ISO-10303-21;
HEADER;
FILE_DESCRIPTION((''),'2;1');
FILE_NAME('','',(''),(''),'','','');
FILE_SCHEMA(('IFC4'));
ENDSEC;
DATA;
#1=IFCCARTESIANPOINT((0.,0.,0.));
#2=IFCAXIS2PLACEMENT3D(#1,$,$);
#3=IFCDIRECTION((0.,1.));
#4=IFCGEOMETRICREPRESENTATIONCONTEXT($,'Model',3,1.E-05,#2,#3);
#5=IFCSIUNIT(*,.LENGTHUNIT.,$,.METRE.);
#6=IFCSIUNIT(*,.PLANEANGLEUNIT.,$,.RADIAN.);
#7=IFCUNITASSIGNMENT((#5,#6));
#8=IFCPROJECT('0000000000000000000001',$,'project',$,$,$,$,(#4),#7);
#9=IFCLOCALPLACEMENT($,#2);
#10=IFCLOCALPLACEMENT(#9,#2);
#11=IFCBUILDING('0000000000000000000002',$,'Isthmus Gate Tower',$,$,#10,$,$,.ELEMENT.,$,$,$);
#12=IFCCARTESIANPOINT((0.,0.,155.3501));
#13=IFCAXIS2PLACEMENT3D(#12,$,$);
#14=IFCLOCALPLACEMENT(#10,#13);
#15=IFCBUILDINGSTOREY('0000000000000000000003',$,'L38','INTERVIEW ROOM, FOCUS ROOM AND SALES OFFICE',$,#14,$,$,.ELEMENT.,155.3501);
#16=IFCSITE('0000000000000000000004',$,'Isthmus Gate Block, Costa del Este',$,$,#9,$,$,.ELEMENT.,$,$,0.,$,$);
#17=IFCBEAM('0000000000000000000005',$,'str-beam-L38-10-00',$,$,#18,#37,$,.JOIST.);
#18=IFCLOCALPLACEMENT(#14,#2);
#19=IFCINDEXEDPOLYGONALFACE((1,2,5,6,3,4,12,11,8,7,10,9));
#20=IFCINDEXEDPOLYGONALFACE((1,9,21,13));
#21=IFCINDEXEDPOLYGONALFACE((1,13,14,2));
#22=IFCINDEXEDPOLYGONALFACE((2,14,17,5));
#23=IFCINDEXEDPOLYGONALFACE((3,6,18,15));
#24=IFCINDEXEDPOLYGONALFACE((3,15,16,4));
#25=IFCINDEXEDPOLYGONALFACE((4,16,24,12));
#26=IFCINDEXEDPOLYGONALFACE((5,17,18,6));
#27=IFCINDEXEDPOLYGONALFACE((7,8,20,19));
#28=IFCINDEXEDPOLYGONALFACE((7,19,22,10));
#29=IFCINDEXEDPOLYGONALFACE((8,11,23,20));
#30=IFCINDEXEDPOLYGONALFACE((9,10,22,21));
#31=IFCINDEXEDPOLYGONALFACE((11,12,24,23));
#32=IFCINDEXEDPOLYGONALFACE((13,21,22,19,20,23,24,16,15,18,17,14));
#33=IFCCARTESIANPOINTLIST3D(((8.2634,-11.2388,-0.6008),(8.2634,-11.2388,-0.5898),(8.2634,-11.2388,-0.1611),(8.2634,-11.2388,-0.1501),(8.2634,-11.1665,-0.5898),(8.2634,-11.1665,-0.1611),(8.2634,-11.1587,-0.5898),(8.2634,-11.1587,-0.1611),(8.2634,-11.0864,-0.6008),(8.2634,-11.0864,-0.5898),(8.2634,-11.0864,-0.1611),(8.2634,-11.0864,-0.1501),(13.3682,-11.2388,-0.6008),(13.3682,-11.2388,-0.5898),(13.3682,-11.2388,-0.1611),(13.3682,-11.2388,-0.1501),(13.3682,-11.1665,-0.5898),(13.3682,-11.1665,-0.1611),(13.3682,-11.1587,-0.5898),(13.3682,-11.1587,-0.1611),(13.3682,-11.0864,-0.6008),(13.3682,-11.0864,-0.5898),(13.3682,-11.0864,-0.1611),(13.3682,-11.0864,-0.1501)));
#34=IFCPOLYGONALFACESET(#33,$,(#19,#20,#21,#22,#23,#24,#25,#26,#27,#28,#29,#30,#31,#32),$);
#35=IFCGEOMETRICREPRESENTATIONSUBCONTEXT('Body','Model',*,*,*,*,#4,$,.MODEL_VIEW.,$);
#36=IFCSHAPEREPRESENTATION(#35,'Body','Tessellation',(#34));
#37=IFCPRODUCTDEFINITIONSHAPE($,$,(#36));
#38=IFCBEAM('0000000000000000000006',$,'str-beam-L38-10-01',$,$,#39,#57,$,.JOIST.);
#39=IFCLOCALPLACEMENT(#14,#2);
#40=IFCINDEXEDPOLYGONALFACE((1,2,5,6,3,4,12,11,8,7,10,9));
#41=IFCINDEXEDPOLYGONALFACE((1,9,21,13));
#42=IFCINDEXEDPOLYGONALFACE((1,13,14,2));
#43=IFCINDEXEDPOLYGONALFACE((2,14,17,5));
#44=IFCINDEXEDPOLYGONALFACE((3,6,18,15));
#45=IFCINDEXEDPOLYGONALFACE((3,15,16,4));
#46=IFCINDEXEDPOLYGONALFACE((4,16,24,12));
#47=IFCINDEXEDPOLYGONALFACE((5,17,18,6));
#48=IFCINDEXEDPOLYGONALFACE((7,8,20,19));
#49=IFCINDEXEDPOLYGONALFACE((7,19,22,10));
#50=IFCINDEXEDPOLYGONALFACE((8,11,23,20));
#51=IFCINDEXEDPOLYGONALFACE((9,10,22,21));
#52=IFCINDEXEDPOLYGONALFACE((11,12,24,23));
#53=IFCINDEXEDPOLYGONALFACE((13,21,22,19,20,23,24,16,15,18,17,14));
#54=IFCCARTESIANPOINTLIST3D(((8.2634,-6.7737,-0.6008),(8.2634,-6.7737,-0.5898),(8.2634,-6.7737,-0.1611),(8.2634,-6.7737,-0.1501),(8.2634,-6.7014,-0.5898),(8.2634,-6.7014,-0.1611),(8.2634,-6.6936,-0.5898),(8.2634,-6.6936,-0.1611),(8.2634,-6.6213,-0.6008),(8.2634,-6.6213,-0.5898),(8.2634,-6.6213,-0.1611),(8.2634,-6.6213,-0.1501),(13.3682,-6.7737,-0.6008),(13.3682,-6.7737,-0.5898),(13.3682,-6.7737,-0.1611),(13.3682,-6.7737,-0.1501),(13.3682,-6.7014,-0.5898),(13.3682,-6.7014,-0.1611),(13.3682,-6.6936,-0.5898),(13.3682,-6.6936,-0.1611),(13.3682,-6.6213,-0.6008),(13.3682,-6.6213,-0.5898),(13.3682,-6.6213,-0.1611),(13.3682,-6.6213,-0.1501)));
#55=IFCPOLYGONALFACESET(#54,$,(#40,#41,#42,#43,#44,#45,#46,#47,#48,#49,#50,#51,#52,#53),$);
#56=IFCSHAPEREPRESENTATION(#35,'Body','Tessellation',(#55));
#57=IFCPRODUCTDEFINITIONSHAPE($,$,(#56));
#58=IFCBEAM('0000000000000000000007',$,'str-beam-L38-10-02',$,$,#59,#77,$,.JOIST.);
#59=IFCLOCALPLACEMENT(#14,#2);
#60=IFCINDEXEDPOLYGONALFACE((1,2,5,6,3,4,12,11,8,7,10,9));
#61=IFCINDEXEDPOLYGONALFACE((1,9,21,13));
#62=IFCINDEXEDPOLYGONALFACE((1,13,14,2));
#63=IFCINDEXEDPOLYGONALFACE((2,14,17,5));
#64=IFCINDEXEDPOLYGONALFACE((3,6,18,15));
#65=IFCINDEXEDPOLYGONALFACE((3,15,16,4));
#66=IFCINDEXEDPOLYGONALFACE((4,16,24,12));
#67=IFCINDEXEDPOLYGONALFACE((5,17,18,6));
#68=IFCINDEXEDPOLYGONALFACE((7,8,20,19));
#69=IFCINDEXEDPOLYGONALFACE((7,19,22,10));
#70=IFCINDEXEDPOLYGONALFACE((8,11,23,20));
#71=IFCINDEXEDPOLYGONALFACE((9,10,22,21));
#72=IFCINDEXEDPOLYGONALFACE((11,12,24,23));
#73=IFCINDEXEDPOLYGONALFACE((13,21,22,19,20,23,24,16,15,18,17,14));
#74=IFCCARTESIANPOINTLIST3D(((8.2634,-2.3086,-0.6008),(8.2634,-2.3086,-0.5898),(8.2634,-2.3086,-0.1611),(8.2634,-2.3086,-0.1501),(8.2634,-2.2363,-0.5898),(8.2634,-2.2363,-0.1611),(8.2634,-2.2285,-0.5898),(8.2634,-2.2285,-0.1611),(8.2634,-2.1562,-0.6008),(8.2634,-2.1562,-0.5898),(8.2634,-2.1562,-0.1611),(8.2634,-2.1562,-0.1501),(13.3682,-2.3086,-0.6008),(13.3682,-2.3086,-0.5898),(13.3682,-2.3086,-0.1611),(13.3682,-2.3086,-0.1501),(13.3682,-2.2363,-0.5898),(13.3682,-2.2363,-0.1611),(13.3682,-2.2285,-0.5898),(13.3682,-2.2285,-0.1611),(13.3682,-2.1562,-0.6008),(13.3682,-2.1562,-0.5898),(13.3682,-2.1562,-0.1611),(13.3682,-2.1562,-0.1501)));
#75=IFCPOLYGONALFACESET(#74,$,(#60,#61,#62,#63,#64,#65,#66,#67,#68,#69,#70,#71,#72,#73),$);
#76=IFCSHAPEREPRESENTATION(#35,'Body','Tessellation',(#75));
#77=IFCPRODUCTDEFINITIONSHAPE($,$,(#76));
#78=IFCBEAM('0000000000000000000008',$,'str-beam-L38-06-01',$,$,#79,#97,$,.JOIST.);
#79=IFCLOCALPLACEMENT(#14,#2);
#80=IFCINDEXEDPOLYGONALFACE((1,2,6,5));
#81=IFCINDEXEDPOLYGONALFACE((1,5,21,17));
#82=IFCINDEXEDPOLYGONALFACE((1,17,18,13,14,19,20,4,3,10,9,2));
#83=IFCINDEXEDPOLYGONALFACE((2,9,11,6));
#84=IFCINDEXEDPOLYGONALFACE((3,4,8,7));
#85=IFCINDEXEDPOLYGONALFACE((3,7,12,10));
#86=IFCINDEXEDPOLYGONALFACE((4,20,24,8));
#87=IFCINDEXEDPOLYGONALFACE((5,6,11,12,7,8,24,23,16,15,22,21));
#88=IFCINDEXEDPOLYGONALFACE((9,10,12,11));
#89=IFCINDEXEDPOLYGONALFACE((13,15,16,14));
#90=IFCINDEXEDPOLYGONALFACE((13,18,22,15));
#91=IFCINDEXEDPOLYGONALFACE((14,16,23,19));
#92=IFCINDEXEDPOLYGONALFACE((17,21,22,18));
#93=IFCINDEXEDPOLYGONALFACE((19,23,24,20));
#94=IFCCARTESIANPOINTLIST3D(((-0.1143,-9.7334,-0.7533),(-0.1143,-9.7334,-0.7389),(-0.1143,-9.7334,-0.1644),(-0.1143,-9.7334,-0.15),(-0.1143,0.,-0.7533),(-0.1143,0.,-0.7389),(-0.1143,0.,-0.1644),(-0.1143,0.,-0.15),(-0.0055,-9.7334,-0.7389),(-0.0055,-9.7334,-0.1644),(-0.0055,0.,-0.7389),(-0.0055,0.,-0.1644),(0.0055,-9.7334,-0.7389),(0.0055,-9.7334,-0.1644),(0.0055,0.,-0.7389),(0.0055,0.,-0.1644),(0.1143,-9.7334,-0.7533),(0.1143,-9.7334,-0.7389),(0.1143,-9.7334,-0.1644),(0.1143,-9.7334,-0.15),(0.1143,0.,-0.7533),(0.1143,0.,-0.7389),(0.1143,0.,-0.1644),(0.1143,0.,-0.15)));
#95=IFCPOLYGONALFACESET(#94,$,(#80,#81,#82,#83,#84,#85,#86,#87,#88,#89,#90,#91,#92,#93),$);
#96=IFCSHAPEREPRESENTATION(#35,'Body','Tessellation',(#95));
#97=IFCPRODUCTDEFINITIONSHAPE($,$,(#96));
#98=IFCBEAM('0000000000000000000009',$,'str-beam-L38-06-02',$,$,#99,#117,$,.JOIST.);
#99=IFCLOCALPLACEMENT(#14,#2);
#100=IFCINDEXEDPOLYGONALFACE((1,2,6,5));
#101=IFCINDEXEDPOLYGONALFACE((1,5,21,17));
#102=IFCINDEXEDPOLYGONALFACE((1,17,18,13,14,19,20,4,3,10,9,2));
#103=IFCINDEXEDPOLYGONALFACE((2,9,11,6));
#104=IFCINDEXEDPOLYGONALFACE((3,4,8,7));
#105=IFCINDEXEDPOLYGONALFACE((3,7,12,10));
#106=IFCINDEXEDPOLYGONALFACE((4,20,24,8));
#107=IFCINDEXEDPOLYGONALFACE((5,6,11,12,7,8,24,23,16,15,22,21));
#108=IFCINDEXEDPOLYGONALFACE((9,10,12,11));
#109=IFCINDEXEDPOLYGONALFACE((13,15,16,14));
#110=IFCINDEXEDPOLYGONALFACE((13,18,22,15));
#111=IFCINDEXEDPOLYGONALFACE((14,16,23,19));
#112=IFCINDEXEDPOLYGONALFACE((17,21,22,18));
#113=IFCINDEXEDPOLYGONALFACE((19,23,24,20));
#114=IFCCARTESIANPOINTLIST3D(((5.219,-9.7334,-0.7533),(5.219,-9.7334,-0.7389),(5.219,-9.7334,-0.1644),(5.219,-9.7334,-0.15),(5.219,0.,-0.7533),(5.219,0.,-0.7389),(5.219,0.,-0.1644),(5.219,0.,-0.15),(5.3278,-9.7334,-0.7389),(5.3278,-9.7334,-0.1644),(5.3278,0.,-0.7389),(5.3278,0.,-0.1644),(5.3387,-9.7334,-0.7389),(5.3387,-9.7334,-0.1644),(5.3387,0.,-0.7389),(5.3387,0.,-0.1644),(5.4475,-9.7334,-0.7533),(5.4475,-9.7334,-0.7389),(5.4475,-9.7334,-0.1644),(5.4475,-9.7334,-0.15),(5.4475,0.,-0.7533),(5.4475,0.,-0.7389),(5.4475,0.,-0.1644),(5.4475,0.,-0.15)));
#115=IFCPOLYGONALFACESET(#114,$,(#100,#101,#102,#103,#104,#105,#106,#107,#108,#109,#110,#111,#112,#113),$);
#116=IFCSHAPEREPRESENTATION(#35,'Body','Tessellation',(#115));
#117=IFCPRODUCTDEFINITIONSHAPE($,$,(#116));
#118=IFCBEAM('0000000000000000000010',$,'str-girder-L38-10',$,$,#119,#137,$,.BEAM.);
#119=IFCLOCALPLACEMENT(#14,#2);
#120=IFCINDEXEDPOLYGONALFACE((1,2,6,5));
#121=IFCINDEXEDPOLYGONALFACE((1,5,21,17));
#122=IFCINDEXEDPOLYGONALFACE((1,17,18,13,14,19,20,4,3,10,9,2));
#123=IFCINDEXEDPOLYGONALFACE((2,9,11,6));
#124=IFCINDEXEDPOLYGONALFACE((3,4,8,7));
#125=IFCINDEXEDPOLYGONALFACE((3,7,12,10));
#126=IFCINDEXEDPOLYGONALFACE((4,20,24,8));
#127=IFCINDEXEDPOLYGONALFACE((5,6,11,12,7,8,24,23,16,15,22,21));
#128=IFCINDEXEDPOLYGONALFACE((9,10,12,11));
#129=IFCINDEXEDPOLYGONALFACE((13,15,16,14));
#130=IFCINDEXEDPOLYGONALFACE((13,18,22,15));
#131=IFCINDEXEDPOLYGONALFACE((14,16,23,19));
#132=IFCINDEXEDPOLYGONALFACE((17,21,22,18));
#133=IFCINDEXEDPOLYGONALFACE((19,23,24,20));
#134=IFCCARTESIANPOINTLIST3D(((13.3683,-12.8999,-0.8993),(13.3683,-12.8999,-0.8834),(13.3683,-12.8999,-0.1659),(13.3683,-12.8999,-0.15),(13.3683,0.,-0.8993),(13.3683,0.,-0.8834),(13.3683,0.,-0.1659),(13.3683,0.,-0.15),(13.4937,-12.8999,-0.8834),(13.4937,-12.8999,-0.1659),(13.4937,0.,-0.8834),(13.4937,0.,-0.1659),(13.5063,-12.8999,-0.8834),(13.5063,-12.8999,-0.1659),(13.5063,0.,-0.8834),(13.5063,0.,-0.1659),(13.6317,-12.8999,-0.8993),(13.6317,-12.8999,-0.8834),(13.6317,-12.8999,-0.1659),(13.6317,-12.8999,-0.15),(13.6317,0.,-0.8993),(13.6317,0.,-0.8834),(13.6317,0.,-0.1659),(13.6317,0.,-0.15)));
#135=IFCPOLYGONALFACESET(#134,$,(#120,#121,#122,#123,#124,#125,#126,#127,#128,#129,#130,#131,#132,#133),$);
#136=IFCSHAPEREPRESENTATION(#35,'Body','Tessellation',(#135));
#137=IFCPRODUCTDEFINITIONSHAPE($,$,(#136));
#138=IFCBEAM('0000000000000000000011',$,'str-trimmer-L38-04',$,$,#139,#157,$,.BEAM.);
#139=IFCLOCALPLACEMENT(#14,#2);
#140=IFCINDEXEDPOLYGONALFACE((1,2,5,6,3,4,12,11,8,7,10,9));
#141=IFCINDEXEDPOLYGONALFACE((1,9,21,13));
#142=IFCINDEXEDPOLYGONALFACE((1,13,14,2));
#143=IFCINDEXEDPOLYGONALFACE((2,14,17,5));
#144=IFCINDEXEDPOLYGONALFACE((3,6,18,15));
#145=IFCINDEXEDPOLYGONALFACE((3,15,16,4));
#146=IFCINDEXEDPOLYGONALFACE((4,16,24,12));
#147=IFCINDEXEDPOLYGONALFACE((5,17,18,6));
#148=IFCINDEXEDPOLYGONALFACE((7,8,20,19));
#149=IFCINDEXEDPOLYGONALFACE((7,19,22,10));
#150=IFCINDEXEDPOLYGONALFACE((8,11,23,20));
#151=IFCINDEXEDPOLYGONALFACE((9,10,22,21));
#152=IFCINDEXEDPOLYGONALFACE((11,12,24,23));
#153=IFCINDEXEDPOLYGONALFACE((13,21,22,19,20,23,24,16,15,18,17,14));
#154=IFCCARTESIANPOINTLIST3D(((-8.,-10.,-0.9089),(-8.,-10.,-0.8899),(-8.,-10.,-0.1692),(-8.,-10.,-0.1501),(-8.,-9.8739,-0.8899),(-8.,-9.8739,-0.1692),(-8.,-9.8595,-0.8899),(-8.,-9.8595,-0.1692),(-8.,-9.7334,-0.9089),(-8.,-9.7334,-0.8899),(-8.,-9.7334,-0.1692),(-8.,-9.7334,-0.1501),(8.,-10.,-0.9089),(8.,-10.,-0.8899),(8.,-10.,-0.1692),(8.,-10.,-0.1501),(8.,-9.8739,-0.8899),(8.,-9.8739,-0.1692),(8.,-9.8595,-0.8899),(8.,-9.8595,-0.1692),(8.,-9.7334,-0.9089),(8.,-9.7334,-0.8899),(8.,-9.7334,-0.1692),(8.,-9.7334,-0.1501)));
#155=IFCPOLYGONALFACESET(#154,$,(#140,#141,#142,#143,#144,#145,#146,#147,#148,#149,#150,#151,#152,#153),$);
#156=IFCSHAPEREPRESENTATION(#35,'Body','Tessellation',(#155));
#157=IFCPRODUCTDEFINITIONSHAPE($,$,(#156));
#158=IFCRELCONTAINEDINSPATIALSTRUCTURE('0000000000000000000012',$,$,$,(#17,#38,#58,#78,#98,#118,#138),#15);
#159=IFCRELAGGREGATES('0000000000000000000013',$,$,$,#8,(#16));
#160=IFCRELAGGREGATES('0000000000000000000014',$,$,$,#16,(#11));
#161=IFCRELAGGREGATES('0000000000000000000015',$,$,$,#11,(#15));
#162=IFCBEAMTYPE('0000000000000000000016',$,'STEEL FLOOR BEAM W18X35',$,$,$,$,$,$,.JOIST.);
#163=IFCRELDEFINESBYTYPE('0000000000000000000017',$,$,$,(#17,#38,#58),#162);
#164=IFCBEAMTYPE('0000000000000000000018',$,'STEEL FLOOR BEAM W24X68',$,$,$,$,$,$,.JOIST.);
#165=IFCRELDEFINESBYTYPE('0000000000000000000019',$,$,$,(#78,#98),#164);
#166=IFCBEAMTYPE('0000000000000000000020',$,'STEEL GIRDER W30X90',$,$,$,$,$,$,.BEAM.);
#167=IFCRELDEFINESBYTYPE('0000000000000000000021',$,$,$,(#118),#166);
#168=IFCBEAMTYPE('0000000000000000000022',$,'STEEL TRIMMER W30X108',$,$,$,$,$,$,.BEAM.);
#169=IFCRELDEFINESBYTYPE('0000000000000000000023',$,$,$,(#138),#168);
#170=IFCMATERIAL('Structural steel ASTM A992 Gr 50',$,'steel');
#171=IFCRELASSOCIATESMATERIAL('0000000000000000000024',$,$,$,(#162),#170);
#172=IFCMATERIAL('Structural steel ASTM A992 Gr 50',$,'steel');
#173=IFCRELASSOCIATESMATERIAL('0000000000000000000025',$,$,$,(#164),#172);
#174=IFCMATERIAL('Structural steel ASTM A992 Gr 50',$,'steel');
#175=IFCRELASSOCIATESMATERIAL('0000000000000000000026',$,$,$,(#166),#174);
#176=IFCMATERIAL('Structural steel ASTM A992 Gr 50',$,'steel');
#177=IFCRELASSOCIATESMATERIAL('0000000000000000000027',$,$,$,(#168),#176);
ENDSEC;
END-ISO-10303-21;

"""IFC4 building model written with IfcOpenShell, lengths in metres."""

from ifc_helpers import new_model, si_unit, direction, frame, origin, origin_2d, place, context, subcontext, project, spatial, i_section, extrude, material, material_profile, profile_set, type_object, element, save


model = new_model("IFC4")

# Units and contexts
model_context = context("Model", 3, precision=1e-05, world=origin(), true_north=direction((0.0, 1.0)))
body_context = subcontext(model_context, "Body", "Model", "MODEL_VIEW")
ifc_project = project(units=[si_unit("LENGTHUNIT", "METRE"), si_unit("PLANEANGLEUNIT", "RADIAN")], contexts=[model_context])

# Site, building, storey
site_placement = place(None, origin())
site = spatial("IfcSite", under=ifc_project, at=site_placement, Name="Isthmus Gate Block, Costa del Este", CompositionType="ELEMENT", RefElevation=0.0)
building_placement = place(site_placement, origin())
building = spatial("IfcBuilding", under=site, at=building_placement, Name="Isthmus Gate Tower", CompositionType="ELEMENT")
storey_placement = place(building_placement, frame((0.0, 0.0, 155.3501)))
storey = spatial("IfcBuildingStorey", under=building, at=storey_placement, Name="L38", Description="INTERVIEW ROOM, FOCUS ROOM AND SALES OFFICE", CompositionType="ELEMENT", Elevation=155.3501)

# Beams
ifc_material_1 = material(Name="Structural steel ASTM A992 Gr 50", Category="steel")
ifc_material_profile_1 = material_profile(ifc_material_1, i_section(OverallWidth=0.1523, OverallDepth=0.4507, WebThickness=0.0078, FlangeThickness=0.011, at=origin_2d()), Name="W18X35")
ifc_profile_set_1 = profile_set([ifc_material_profile_1], Name="Structural steel ASTM A992 Gr 50")
beam_type_1 = type_object("IfcBeamType", Name="STEEL FLOOR BEAM W18X35", PredefinedType="JOIST", material=ifc_profile_set_1)
for number, where, z_axis, x_axis, name in (
    (1, (8.2634, -11.1626, -0.3755), (1.0, 0.0, 0.0), (0.0, 1.0, 0.0), "str-beam-L38-10-00"),
    (2, (8.2634, -6.6975, -0.3755), (1.0, 0.0, 0.0), (0.0, 1.0, 0.0), "str-beam-L38-10-01"),
    (3, (8.2634, -2.2324, -0.3755), (1.0, 0.0, 0.0), (0.0, 1.0, 0.0), "str-beam-L38-10-02"),
):
    element("IfcBeam", number, at=place(storey_placement, frame(where, z_axis=z_axis, x_axis=x_axis)), inside=storey, type_object=beam_type_1, Name=name, PredefinedType="JOIST", context=body_context, shape_type="SweptSolid", body=[
        extrude(i_section(OverallWidth=0.1523, OverallDepth=0.4507, WebThickness=0.0078, FlangeThickness=0.011, at=origin_2d()), origin(), (0.0, 0.0, 1.0), 5.1047),
    ])
ifc_material_2 = material(Name="Structural steel ASTM A992 Gr 50", Category="steel")
ifc_material_profile_2 = material_profile(ifc_material_2, i_section(OverallWidth=0.2285, OverallDepth=0.6033, WebThickness=0.011, FlangeThickness=0.0144, at=origin_2d()), Name="W24X68")
ifc_profile_set_2 = profile_set([ifc_material_profile_2], Name="Structural steel ASTM A992 Gr 50")
beam_type_2 = type_object("IfcBeamType", Name="STEEL FLOOR BEAM W24X68", PredefinedType="JOIST", material=ifc_profile_set_2)
for number, where, z_axis, x_axis, name in (
    (4, (0.0, -9.7334, -0.4517), (0.0, 1.0, 0.0), (-1.0, 0.0, 0.0), "str-beam-L38-06-01"),
    (5, (5.3333, -9.7334, -0.4517), (0.0, 1.0, 0.0), (-1.0, 0.0, 0.0), "str-beam-L38-06-02"),
):
    element("IfcBeam", number, at=place(storey_placement, frame(where, z_axis=z_axis, x_axis=x_axis)), inside=storey, type_object=beam_type_2, Name=name, PredefinedType="JOIST", context=body_context, shape_type="SweptSolid", body=[
        extrude(i_section(OverallWidth=0.2285, OverallDepth=0.6033, WebThickness=0.011, FlangeThickness=0.0144, at=origin_2d()), origin(), (0.0, 0.0, 1.0), 9.7334),
    ])
ifc_material_3 = material(Name="Structural steel ASTM A992 Gr 50", Category="steel")
ifc_material_profile_3 = material_profile(ifc_material_3, i_section(OverallWidth=0.2634, OverallDepth=0.7493, WebThickness=0.0127, FlangeThickness=0.0159, at=origin_2d()), Name="W30X90")
ifc_profile_set_3 = profile_set([ifc_material_profile_3], Name="Structural steel ASTM A992 Gr 50")
beam_type_3 = type_object("IfcBeamType", Name="STEEL GIRDER W30X90", PredefinedType="BEAM", material=ifc_profile_set_3)
beam_1_placement = place(storey_placement, frame((13.5, -12.8999, -0.5247), z_axis=(0.0, 1.0, 0.0), x_axis=(-1.0, 0.0, 0.0)))
element("IfcBeam", 6, at=beam_1_placement, inside=storey, type_object=beam_type_3, Name="str-girder-L38-10", PredefinedType="BEAM", context=body_context, shape_type="SweptSolid", body=[
    extrude(i_section(OverallWidth=0.2634, OverallDepth=0.7493, WebThickness=0.0127, FlangeThickness=0.0159, at=origin_2d()), origin(), (0.0, 0.0, 1.0), 12.8999),
])
ifc_material_4 = material(Name="Structural steel ASTM A992 Gr 50", Category="steel")
ifc_material_profile_4 = material_profile(ifc_material_4, i_section(OverallWidth=0.2666, OverallDepth=0.7588, WebThickness=0.0144, FlangeThickness=0.019, at=origin_2d()), Name="W30X108")
ifc_profile_set_4 = profile_set([ifc_material_profile_4], Name="Structural steel ASTM A992 Gr 50")
beam_type_4 = type_object("IfcBeamType", Name="STEEL TRIMMER W30X108", PredefinedType="BEAM", material=ifc_profile_set_4)
beam_2_placement = place(storey_placement, frame((8.0, -9.8667, -0.5295), z_axis=(-1.0, 0.0, 0.0), x_axis=(0.0, -1.0, 0.0)))
element("IfcBeam", 7, at=beam_2_placement, inside=storey, type_object=beam_type_4, Name="str-trimmer-L38-04", PredefinedType="BEAM", context=body_context, shape_type="SweptSolid", body=[
    extrude(i_section(OverallWidth=0.2666, OverallDepth=0.7588, WebThickness=0.0144, FlangeThickness=0.019, at=origin_2d()), origin(), (0.0, 0.0, 1.0), 16.0),
])

save(model, "model.ifc")
